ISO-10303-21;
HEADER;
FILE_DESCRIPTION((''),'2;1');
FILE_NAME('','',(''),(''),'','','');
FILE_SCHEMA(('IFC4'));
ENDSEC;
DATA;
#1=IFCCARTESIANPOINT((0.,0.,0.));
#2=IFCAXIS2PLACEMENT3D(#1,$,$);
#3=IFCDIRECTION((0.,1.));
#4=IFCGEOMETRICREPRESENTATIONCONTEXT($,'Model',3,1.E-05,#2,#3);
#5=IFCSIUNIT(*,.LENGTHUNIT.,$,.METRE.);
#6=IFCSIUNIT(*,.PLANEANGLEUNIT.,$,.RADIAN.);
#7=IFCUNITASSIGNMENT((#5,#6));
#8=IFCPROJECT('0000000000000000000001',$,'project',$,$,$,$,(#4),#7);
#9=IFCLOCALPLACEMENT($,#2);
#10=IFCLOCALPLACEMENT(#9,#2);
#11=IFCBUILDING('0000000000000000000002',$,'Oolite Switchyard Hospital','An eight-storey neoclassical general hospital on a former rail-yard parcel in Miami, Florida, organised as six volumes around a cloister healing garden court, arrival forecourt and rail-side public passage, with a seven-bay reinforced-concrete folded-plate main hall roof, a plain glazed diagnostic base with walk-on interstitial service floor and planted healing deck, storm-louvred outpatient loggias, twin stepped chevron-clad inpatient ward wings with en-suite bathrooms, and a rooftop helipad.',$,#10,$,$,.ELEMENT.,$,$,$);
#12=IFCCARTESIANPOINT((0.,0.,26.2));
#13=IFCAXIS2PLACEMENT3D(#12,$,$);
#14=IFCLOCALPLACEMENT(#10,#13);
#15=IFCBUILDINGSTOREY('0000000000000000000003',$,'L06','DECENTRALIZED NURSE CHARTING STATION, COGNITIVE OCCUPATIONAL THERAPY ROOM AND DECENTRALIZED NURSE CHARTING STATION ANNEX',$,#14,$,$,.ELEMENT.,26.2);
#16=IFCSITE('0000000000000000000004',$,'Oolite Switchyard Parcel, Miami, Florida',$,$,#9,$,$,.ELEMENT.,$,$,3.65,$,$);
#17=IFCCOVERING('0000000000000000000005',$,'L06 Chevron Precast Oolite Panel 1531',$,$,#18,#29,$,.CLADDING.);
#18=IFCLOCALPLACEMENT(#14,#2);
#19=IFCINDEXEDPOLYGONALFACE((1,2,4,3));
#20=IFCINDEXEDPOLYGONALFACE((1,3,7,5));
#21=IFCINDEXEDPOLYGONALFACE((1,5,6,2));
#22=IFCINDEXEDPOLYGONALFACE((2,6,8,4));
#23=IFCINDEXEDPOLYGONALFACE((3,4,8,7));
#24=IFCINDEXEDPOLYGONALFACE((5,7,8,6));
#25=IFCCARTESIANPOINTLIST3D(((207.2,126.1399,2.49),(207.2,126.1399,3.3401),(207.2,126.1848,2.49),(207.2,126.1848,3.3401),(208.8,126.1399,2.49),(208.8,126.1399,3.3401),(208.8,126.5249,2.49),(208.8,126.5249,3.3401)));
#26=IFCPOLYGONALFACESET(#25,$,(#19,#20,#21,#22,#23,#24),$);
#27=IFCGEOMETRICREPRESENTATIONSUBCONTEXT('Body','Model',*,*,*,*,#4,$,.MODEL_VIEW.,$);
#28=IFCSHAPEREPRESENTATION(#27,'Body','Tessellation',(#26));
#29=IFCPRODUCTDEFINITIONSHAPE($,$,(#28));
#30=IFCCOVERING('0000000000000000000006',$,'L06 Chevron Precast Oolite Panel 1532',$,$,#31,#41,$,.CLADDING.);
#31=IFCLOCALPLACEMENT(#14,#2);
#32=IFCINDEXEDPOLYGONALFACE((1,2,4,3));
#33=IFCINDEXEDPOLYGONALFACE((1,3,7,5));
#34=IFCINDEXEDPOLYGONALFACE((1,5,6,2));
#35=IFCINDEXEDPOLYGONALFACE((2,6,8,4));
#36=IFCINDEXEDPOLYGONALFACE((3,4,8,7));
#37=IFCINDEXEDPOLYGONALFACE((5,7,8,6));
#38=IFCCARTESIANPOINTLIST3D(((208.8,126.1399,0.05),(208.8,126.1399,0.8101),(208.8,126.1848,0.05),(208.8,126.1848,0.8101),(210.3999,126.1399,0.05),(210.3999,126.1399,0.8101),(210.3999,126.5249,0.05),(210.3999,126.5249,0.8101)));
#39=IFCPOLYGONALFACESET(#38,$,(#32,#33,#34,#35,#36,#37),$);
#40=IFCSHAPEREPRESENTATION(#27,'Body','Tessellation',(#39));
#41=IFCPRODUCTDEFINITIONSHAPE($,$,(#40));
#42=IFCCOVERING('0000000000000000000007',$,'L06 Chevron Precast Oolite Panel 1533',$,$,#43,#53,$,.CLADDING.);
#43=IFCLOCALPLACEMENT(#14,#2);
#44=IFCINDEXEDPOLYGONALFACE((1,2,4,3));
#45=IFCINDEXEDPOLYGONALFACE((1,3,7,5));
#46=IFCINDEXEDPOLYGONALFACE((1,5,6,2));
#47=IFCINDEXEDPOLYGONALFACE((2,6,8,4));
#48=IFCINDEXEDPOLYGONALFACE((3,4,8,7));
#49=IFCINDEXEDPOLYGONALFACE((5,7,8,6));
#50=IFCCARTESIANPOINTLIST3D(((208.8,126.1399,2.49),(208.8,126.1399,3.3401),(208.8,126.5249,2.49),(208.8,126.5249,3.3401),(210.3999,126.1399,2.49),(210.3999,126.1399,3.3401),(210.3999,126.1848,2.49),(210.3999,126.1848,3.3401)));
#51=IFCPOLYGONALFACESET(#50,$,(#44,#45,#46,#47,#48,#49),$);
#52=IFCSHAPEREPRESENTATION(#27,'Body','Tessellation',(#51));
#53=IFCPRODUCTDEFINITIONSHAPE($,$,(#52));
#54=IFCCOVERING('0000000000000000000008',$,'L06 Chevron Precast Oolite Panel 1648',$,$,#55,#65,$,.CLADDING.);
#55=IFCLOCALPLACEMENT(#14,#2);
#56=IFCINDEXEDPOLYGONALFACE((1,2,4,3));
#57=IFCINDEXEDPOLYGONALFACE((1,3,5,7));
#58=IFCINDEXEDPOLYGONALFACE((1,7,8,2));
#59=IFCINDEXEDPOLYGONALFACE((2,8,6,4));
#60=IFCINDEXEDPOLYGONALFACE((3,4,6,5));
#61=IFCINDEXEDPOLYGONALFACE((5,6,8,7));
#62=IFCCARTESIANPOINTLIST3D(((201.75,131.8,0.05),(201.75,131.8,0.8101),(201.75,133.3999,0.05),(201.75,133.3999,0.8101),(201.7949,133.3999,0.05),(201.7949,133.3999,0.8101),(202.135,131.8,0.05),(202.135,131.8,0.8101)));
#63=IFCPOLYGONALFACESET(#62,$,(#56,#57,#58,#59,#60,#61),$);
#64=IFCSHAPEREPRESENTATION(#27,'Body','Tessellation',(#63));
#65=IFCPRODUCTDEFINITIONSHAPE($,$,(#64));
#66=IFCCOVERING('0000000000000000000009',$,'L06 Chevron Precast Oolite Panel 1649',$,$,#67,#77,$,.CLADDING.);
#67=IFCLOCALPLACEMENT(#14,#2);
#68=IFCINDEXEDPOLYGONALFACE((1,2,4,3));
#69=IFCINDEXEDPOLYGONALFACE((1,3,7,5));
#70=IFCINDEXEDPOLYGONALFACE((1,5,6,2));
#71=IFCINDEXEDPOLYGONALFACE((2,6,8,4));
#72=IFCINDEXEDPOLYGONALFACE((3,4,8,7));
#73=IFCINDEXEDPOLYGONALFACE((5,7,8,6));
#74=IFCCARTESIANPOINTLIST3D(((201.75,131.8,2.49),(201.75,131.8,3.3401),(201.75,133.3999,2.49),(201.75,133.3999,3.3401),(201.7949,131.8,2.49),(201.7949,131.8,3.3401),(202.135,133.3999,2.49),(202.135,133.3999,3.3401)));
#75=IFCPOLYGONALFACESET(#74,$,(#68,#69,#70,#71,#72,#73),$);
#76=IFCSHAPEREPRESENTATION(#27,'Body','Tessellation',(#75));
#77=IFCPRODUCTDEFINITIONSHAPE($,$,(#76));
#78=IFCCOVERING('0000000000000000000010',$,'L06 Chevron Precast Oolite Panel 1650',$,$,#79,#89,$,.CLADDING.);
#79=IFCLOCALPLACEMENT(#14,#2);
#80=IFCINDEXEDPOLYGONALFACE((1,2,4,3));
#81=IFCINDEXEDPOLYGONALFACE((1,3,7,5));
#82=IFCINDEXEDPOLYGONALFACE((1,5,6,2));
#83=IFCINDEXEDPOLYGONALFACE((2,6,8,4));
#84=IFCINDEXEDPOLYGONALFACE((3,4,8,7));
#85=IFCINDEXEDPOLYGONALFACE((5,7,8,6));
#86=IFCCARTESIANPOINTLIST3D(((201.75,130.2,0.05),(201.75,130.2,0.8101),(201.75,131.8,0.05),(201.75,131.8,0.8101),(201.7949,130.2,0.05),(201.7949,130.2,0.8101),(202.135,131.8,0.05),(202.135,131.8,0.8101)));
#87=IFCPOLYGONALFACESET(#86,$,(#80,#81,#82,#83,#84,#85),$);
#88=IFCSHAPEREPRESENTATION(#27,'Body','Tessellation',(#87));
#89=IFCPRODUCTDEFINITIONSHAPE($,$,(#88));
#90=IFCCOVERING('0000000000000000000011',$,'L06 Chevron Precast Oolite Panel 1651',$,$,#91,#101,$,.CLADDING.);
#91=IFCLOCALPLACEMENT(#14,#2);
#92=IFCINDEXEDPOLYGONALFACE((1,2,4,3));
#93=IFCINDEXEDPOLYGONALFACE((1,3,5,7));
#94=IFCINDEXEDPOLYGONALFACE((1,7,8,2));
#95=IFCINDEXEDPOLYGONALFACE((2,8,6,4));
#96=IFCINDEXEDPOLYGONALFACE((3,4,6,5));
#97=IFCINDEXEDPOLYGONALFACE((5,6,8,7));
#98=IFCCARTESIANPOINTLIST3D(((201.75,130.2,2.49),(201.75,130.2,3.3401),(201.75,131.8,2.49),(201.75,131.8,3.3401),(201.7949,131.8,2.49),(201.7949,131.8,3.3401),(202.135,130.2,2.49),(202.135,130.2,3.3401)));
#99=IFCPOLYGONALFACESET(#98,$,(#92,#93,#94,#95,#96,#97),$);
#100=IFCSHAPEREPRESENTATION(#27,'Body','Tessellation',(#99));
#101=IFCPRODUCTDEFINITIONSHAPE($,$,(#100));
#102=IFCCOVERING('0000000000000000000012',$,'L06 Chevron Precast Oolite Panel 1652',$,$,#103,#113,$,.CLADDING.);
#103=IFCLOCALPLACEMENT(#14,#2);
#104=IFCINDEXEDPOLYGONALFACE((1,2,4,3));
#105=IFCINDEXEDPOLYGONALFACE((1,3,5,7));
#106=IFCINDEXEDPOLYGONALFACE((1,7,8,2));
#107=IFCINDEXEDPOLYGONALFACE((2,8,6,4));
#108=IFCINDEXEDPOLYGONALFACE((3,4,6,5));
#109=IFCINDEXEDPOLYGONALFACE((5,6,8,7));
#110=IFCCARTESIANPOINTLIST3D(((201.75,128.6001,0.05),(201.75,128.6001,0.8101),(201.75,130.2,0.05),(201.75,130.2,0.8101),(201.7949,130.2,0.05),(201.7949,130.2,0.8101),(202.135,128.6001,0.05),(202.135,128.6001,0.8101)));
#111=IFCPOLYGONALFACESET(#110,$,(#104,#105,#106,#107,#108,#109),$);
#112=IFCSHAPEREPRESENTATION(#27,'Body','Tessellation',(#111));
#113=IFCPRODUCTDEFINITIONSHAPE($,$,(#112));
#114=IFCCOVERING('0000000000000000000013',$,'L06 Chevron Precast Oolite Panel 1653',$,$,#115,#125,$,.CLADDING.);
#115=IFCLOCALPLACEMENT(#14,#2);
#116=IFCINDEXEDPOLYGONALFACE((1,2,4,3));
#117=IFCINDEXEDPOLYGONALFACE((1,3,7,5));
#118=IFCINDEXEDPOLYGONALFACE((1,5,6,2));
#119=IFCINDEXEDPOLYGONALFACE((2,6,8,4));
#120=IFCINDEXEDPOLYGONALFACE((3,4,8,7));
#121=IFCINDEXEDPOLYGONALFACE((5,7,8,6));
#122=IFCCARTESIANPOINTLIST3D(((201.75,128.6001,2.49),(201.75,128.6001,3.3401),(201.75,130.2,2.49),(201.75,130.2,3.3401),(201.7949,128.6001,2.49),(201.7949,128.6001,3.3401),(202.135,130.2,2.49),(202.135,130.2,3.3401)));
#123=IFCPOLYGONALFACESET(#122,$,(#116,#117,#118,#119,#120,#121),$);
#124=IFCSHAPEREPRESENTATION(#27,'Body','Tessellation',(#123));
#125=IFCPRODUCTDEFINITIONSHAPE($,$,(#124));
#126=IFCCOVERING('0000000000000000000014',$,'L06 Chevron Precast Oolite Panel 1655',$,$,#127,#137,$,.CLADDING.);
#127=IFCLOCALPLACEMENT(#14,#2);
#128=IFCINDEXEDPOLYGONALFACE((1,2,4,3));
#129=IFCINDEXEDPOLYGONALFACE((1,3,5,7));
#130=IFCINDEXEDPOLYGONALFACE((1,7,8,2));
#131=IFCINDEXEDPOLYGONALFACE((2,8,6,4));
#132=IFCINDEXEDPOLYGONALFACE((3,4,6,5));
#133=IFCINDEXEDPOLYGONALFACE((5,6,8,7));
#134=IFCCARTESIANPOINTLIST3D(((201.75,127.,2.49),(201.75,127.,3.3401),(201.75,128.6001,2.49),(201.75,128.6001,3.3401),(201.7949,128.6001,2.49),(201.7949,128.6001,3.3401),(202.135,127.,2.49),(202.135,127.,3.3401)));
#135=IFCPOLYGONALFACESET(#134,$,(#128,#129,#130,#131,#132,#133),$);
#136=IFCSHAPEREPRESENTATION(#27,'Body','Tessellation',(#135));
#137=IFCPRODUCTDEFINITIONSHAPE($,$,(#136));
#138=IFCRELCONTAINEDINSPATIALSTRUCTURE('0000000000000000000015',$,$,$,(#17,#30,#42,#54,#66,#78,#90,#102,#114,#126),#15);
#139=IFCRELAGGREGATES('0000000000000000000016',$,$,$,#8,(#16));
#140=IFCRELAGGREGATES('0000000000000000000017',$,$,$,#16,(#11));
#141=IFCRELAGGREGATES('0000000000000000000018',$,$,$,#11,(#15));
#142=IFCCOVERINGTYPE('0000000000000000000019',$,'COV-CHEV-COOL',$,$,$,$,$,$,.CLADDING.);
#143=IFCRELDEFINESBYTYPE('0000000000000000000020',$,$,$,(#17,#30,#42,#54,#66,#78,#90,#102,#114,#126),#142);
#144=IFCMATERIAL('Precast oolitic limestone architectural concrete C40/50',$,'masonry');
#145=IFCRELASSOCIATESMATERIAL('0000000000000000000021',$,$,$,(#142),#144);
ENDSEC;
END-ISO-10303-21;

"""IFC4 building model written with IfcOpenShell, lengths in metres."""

from ifc_helpers import new_model, si_unit, direction, frame, origin, place, context, subcontext, project, spatial, polyline, outline, extrude, material, type_object, element, save


model = new_model("IFC4")

# Units and contexts
model_context = context("Model", 3, precision=1e-05, world=origin(), true_north=direction((0.0, 1.0)))
body_context = subcontext(model_context, "Body", "Model", "MODEL_VIEW")
ifc_project = project(units=[si_unit("LENGTHUNIT", "METRE"), si_unit("PLANEANGLEUNIT", "RADIAN")], contexts=[model_context])

# Site, building, storey
site_placement = place(None, origin())
site = spatial("IfcSite", under=ifc_project, at=site_placement, Name="Oolite Switchyard Parcel, Miami, Florida", CompositionType="ELEMENT", RefElevation=3.65)
building_placement = place(site_placement, origin())
building = spatial("IfcBuilding", under=site, at=building_placement, Name="Oolite Switchyard Hospital", Description="An eight-storey neoclassical general hospital on a former rail-yard parcel in Miami, Florida, organised as six volumes around a cloister healing garden court, arrival forecourt and rail-side public passage, with a seven-bay reinforced-concrete folded-plate main hall roof, a plain glazed diagnostic base with walk-on interstitial service floor and planted healing deck, storm-louvred outpatient loggias, twin stepped chevron-clad inpatient ward wings with en-suite bathrooms, and a rooftop helipad.", CompositionType="ELEMENT")
storey_placement = place(building_placement, frame((0.0, 0.0, 26.2)))
storey = spatial("IfcBuildingStorey", under=building, at=storey_placement, Name="L06", Description="DECENTRALIZED NURSE CHARTING STATION, COGNITIVE OCCUPATIONAL THERAPY ROOM AND DECENTRALIZED NURSE CHARTING STATION ANNEX", CompositionType="ELEMENT", Elevation=26.2)

# Shared definitions
ifc_material_1 = material(Name="Precast oolitic limestone architectural concrete C40/50", Category="masonry")

# Coverings
covering_type = type_object("IfcCoveringType", Name="COV-CHEV-COOL", PredefinedType="CLADDING", material=ifc_material_1)
covering_1_placement = place(storey_placement, frame((207.2, 126.1399, 2.49), z_axis=(0.0, 0.0, 1.0), x_axis=(1.0, 0.0, 0.0)))
element("IfcCovering", 1, at=covering_1_placement, inside=storey, type_object=covering_type, Name="L06 Chevron Precast Oolite Panel 1531", PredefinedType="CLADDING", context=body_context, shape_type="SweptSolid", body=[
    extrude(outline(polyline([(0.0, 0.0), (1.6001, 0.0), (1.6001, 0.385), (0.0, 0.0449), (0.0, 0.0)])), origin(), (0.0, 0.0, 1.0), 0.8501),
])
covering_2_placement = place(storey_placement, frame((208.8, 126.1399, 0.05), z_axis=(0.0, 0.0, 1.0), x_axis=(1.0, 0.0, 0.0)))
element("IfcCovering", 2, at=covering_2_placement, inside=storey, type_object=covering_type, Name="L06 Chevron Precast Oolite Panel 1532", PredefinedType="CLADDING", context=body_context, shape_type="SweptSolid", body=[
    extrude(outline(polyline([(0.0, 0.0), (1.5999, 0.0), (1.5999, 0.385), (0.0, 0.0449), (0.0, 0.0)])), origin(), (0.0, 0.0, 1.0), 0.76),
])
covering_3_placement = place(storey_placement, frame((208.8, 126.1399, 2.49), z_axis=(0.0, 0.0, 1.0), x_axis=(1.0, 0.0, 0.0)))
element("IfcCovering", 3, at=covering_3_placement, inside=storey, type_object=covering_type, Name="L06 Chevron Precast Oolite Panel 1533", PredefinedType="CLADDING", context=body_context, shape_type="SweptSolid", body=[
    extrude(outline(polyline([(0.0, 0.0), (1.5999, 0.0), (1.5999, 0.0449), (0.0, 0.385), (0.0, 0.0)])), origin(), (0.0, 0.0, 1.0), 0.8501),
])
covering_4_placement = place(storey_placement, frame((201.75, 133.3999, 0.05), z_axis=(0.0, 0.0, 1.0), x_axis=(0.0, -1.0, 0.0)))
element("IfcCovering", 4, at=covering_4_placement, inside=storey, type_object=covering_type, Name="L06 Chevron Precast Oolite Panel 1648", PredefinedType="CLADDING", context=body_context, shape_type="SweptSolid", body=[
    extrude(outline(polyline([(0.0, 0.0), (1.5999, 0.0), (1.5999, 0.385), (0.0, 0.0449), (0.0, 0.0)])), origin(), (0.0, 0.0, 1.0), 0.76),
])
covering_5_placement = place(storey_placement, frame((201.75, 133.3999, 2.49), z_axis=(0.0, 0.0, 1.0), x_axis=(0.0, -1.0, 0.0)))
element("IfcCovering", 5, at=covering_5_placement, inside=storey, type_object=covering_type, Name="L06 Chevron Precast Oolite Panel 1649", PredefinedType="CLADDING", context=body_context, shape_type="SweptSolid", body=[
    extrude(outline(polyline([(0.0, 0.0), (1.5999, 0.0), (1.5999, 0.0449), (0.0, 0.385), (0.0, 0.0)])), origin(), (0.0, 0.0, 1.0), 0.8501),
])
covering_6_placement = place(storey_placement, frame((201.75, 131.8, 0.05), z_axis=(0.0, 0.0, 1.0), x_axis=(0.0, -1.0, 0.0)))
element("IfcCovering", 6, at=covering_6_placement, inside=storey, type_object=covering_type, Name="L06 Chevron Precast Oolite Panel 1650", PredefinedType="CLADDING", context=body_context, shape_type="SweptSolid", body=[
    extrude(outline(polyline([(0.0, 0.0), (1.6001, 0.0), (1.6001, 0.0449), (0.0, 0.385), (0.0, 0.0)])), origin(), (0.0, 0.0, 1.0), 0.76),
])
covering_7_placement = place(storey_placement, frame((201.75, 131.8, 2.49), z_axis=(0.0, 0.0, 1.0), x_axis=(0.0, -1.0, 0.0)))
element("IfcCovering", 7, at=covering_7_placement, inside=storey, type_object=covering_type, Name="L06 Chevron Precast Oolite Panel 1651", PredefinedType="CLADDING", context=body_context, shape_type="SweptSolid", body=[
    extrude(outline(polyline([(0.0, 0.0), (1.6001, 0.0), (1.6001, 0.385), (0.0, 0.0449), (0.0, 0.0)])), origin(), (0.0, 0.0, 1.0), 0.8501),
])
covering_8_placement = place(storey_placement, frame((201.75, 130.2, 0.05), z_axis=(0.0, 0.0, 1.0), x_axis=(0.0, -1.0, 0.0)))
element("IfcCovering", 8, at=covering_8_placement, inside=storey, type_object=covering_type, Name="L06 Chevron Precast Oolite Panel 1652", PredefinedType="CLADDING", context=body_context, shape_type="SweptSolid", body=[
    extrude(outline(polyline([(0.0, 0.0), (1.5999, 0.0), (1.5999, 0.385), (0.0, 0.0449), (0.0, 0.0)])), origin(), (0.0, 0.0, 1.0), 0.76),
])
covering_9_placement = place(storey_placement, frame((201.75, 130.2, 2.49), z_axis=(0.0, 0.0, 1.0), x_axis=(0.0, -1.0, 0.0)))
element("IfcCovering", 9, at=covering_9_placement, inside=storey, type_object=covering_type, Name="L06 Chevron Precast Oolite Panel 1653", PredefinedType="CLADDING", context=body_context, shape_type="SweptSolid", body=[
    extrude(outline(polyline([(0.0, 0.0), (1.5999, 0.0), (1.5999, 0.0449), (0.0, 0.385), (0.0, 0.0)])), origin(), (0.0, 0.0, 1.0), 0.8501),
])
covering_10_placement = place(storey_placement, frame((201.75, 128.6001, 2.49), z_axis=(0.0, 0.0, 1.0), x_axis=(0.0, -1.0, 0.0)))
element("IfcCovering", 10, at=covering_10_placement, inside=storey, type_object=covering_type, Name="L06 Chevron Precast Oolite Panel 1655", PredefinedType="CLADDING", context=body_context, shape_type="SweptSolid", body=[
    extrude(outline(polyline([(0.0, 0.0), (1.6001, 0.0), (1.6001, 0.385), (0.0, 0.0449), (0.0, 0.0)])), origin(), (0.0, 0.0, 1.0), 0.8501),
])

save(model, "model.ifc")
